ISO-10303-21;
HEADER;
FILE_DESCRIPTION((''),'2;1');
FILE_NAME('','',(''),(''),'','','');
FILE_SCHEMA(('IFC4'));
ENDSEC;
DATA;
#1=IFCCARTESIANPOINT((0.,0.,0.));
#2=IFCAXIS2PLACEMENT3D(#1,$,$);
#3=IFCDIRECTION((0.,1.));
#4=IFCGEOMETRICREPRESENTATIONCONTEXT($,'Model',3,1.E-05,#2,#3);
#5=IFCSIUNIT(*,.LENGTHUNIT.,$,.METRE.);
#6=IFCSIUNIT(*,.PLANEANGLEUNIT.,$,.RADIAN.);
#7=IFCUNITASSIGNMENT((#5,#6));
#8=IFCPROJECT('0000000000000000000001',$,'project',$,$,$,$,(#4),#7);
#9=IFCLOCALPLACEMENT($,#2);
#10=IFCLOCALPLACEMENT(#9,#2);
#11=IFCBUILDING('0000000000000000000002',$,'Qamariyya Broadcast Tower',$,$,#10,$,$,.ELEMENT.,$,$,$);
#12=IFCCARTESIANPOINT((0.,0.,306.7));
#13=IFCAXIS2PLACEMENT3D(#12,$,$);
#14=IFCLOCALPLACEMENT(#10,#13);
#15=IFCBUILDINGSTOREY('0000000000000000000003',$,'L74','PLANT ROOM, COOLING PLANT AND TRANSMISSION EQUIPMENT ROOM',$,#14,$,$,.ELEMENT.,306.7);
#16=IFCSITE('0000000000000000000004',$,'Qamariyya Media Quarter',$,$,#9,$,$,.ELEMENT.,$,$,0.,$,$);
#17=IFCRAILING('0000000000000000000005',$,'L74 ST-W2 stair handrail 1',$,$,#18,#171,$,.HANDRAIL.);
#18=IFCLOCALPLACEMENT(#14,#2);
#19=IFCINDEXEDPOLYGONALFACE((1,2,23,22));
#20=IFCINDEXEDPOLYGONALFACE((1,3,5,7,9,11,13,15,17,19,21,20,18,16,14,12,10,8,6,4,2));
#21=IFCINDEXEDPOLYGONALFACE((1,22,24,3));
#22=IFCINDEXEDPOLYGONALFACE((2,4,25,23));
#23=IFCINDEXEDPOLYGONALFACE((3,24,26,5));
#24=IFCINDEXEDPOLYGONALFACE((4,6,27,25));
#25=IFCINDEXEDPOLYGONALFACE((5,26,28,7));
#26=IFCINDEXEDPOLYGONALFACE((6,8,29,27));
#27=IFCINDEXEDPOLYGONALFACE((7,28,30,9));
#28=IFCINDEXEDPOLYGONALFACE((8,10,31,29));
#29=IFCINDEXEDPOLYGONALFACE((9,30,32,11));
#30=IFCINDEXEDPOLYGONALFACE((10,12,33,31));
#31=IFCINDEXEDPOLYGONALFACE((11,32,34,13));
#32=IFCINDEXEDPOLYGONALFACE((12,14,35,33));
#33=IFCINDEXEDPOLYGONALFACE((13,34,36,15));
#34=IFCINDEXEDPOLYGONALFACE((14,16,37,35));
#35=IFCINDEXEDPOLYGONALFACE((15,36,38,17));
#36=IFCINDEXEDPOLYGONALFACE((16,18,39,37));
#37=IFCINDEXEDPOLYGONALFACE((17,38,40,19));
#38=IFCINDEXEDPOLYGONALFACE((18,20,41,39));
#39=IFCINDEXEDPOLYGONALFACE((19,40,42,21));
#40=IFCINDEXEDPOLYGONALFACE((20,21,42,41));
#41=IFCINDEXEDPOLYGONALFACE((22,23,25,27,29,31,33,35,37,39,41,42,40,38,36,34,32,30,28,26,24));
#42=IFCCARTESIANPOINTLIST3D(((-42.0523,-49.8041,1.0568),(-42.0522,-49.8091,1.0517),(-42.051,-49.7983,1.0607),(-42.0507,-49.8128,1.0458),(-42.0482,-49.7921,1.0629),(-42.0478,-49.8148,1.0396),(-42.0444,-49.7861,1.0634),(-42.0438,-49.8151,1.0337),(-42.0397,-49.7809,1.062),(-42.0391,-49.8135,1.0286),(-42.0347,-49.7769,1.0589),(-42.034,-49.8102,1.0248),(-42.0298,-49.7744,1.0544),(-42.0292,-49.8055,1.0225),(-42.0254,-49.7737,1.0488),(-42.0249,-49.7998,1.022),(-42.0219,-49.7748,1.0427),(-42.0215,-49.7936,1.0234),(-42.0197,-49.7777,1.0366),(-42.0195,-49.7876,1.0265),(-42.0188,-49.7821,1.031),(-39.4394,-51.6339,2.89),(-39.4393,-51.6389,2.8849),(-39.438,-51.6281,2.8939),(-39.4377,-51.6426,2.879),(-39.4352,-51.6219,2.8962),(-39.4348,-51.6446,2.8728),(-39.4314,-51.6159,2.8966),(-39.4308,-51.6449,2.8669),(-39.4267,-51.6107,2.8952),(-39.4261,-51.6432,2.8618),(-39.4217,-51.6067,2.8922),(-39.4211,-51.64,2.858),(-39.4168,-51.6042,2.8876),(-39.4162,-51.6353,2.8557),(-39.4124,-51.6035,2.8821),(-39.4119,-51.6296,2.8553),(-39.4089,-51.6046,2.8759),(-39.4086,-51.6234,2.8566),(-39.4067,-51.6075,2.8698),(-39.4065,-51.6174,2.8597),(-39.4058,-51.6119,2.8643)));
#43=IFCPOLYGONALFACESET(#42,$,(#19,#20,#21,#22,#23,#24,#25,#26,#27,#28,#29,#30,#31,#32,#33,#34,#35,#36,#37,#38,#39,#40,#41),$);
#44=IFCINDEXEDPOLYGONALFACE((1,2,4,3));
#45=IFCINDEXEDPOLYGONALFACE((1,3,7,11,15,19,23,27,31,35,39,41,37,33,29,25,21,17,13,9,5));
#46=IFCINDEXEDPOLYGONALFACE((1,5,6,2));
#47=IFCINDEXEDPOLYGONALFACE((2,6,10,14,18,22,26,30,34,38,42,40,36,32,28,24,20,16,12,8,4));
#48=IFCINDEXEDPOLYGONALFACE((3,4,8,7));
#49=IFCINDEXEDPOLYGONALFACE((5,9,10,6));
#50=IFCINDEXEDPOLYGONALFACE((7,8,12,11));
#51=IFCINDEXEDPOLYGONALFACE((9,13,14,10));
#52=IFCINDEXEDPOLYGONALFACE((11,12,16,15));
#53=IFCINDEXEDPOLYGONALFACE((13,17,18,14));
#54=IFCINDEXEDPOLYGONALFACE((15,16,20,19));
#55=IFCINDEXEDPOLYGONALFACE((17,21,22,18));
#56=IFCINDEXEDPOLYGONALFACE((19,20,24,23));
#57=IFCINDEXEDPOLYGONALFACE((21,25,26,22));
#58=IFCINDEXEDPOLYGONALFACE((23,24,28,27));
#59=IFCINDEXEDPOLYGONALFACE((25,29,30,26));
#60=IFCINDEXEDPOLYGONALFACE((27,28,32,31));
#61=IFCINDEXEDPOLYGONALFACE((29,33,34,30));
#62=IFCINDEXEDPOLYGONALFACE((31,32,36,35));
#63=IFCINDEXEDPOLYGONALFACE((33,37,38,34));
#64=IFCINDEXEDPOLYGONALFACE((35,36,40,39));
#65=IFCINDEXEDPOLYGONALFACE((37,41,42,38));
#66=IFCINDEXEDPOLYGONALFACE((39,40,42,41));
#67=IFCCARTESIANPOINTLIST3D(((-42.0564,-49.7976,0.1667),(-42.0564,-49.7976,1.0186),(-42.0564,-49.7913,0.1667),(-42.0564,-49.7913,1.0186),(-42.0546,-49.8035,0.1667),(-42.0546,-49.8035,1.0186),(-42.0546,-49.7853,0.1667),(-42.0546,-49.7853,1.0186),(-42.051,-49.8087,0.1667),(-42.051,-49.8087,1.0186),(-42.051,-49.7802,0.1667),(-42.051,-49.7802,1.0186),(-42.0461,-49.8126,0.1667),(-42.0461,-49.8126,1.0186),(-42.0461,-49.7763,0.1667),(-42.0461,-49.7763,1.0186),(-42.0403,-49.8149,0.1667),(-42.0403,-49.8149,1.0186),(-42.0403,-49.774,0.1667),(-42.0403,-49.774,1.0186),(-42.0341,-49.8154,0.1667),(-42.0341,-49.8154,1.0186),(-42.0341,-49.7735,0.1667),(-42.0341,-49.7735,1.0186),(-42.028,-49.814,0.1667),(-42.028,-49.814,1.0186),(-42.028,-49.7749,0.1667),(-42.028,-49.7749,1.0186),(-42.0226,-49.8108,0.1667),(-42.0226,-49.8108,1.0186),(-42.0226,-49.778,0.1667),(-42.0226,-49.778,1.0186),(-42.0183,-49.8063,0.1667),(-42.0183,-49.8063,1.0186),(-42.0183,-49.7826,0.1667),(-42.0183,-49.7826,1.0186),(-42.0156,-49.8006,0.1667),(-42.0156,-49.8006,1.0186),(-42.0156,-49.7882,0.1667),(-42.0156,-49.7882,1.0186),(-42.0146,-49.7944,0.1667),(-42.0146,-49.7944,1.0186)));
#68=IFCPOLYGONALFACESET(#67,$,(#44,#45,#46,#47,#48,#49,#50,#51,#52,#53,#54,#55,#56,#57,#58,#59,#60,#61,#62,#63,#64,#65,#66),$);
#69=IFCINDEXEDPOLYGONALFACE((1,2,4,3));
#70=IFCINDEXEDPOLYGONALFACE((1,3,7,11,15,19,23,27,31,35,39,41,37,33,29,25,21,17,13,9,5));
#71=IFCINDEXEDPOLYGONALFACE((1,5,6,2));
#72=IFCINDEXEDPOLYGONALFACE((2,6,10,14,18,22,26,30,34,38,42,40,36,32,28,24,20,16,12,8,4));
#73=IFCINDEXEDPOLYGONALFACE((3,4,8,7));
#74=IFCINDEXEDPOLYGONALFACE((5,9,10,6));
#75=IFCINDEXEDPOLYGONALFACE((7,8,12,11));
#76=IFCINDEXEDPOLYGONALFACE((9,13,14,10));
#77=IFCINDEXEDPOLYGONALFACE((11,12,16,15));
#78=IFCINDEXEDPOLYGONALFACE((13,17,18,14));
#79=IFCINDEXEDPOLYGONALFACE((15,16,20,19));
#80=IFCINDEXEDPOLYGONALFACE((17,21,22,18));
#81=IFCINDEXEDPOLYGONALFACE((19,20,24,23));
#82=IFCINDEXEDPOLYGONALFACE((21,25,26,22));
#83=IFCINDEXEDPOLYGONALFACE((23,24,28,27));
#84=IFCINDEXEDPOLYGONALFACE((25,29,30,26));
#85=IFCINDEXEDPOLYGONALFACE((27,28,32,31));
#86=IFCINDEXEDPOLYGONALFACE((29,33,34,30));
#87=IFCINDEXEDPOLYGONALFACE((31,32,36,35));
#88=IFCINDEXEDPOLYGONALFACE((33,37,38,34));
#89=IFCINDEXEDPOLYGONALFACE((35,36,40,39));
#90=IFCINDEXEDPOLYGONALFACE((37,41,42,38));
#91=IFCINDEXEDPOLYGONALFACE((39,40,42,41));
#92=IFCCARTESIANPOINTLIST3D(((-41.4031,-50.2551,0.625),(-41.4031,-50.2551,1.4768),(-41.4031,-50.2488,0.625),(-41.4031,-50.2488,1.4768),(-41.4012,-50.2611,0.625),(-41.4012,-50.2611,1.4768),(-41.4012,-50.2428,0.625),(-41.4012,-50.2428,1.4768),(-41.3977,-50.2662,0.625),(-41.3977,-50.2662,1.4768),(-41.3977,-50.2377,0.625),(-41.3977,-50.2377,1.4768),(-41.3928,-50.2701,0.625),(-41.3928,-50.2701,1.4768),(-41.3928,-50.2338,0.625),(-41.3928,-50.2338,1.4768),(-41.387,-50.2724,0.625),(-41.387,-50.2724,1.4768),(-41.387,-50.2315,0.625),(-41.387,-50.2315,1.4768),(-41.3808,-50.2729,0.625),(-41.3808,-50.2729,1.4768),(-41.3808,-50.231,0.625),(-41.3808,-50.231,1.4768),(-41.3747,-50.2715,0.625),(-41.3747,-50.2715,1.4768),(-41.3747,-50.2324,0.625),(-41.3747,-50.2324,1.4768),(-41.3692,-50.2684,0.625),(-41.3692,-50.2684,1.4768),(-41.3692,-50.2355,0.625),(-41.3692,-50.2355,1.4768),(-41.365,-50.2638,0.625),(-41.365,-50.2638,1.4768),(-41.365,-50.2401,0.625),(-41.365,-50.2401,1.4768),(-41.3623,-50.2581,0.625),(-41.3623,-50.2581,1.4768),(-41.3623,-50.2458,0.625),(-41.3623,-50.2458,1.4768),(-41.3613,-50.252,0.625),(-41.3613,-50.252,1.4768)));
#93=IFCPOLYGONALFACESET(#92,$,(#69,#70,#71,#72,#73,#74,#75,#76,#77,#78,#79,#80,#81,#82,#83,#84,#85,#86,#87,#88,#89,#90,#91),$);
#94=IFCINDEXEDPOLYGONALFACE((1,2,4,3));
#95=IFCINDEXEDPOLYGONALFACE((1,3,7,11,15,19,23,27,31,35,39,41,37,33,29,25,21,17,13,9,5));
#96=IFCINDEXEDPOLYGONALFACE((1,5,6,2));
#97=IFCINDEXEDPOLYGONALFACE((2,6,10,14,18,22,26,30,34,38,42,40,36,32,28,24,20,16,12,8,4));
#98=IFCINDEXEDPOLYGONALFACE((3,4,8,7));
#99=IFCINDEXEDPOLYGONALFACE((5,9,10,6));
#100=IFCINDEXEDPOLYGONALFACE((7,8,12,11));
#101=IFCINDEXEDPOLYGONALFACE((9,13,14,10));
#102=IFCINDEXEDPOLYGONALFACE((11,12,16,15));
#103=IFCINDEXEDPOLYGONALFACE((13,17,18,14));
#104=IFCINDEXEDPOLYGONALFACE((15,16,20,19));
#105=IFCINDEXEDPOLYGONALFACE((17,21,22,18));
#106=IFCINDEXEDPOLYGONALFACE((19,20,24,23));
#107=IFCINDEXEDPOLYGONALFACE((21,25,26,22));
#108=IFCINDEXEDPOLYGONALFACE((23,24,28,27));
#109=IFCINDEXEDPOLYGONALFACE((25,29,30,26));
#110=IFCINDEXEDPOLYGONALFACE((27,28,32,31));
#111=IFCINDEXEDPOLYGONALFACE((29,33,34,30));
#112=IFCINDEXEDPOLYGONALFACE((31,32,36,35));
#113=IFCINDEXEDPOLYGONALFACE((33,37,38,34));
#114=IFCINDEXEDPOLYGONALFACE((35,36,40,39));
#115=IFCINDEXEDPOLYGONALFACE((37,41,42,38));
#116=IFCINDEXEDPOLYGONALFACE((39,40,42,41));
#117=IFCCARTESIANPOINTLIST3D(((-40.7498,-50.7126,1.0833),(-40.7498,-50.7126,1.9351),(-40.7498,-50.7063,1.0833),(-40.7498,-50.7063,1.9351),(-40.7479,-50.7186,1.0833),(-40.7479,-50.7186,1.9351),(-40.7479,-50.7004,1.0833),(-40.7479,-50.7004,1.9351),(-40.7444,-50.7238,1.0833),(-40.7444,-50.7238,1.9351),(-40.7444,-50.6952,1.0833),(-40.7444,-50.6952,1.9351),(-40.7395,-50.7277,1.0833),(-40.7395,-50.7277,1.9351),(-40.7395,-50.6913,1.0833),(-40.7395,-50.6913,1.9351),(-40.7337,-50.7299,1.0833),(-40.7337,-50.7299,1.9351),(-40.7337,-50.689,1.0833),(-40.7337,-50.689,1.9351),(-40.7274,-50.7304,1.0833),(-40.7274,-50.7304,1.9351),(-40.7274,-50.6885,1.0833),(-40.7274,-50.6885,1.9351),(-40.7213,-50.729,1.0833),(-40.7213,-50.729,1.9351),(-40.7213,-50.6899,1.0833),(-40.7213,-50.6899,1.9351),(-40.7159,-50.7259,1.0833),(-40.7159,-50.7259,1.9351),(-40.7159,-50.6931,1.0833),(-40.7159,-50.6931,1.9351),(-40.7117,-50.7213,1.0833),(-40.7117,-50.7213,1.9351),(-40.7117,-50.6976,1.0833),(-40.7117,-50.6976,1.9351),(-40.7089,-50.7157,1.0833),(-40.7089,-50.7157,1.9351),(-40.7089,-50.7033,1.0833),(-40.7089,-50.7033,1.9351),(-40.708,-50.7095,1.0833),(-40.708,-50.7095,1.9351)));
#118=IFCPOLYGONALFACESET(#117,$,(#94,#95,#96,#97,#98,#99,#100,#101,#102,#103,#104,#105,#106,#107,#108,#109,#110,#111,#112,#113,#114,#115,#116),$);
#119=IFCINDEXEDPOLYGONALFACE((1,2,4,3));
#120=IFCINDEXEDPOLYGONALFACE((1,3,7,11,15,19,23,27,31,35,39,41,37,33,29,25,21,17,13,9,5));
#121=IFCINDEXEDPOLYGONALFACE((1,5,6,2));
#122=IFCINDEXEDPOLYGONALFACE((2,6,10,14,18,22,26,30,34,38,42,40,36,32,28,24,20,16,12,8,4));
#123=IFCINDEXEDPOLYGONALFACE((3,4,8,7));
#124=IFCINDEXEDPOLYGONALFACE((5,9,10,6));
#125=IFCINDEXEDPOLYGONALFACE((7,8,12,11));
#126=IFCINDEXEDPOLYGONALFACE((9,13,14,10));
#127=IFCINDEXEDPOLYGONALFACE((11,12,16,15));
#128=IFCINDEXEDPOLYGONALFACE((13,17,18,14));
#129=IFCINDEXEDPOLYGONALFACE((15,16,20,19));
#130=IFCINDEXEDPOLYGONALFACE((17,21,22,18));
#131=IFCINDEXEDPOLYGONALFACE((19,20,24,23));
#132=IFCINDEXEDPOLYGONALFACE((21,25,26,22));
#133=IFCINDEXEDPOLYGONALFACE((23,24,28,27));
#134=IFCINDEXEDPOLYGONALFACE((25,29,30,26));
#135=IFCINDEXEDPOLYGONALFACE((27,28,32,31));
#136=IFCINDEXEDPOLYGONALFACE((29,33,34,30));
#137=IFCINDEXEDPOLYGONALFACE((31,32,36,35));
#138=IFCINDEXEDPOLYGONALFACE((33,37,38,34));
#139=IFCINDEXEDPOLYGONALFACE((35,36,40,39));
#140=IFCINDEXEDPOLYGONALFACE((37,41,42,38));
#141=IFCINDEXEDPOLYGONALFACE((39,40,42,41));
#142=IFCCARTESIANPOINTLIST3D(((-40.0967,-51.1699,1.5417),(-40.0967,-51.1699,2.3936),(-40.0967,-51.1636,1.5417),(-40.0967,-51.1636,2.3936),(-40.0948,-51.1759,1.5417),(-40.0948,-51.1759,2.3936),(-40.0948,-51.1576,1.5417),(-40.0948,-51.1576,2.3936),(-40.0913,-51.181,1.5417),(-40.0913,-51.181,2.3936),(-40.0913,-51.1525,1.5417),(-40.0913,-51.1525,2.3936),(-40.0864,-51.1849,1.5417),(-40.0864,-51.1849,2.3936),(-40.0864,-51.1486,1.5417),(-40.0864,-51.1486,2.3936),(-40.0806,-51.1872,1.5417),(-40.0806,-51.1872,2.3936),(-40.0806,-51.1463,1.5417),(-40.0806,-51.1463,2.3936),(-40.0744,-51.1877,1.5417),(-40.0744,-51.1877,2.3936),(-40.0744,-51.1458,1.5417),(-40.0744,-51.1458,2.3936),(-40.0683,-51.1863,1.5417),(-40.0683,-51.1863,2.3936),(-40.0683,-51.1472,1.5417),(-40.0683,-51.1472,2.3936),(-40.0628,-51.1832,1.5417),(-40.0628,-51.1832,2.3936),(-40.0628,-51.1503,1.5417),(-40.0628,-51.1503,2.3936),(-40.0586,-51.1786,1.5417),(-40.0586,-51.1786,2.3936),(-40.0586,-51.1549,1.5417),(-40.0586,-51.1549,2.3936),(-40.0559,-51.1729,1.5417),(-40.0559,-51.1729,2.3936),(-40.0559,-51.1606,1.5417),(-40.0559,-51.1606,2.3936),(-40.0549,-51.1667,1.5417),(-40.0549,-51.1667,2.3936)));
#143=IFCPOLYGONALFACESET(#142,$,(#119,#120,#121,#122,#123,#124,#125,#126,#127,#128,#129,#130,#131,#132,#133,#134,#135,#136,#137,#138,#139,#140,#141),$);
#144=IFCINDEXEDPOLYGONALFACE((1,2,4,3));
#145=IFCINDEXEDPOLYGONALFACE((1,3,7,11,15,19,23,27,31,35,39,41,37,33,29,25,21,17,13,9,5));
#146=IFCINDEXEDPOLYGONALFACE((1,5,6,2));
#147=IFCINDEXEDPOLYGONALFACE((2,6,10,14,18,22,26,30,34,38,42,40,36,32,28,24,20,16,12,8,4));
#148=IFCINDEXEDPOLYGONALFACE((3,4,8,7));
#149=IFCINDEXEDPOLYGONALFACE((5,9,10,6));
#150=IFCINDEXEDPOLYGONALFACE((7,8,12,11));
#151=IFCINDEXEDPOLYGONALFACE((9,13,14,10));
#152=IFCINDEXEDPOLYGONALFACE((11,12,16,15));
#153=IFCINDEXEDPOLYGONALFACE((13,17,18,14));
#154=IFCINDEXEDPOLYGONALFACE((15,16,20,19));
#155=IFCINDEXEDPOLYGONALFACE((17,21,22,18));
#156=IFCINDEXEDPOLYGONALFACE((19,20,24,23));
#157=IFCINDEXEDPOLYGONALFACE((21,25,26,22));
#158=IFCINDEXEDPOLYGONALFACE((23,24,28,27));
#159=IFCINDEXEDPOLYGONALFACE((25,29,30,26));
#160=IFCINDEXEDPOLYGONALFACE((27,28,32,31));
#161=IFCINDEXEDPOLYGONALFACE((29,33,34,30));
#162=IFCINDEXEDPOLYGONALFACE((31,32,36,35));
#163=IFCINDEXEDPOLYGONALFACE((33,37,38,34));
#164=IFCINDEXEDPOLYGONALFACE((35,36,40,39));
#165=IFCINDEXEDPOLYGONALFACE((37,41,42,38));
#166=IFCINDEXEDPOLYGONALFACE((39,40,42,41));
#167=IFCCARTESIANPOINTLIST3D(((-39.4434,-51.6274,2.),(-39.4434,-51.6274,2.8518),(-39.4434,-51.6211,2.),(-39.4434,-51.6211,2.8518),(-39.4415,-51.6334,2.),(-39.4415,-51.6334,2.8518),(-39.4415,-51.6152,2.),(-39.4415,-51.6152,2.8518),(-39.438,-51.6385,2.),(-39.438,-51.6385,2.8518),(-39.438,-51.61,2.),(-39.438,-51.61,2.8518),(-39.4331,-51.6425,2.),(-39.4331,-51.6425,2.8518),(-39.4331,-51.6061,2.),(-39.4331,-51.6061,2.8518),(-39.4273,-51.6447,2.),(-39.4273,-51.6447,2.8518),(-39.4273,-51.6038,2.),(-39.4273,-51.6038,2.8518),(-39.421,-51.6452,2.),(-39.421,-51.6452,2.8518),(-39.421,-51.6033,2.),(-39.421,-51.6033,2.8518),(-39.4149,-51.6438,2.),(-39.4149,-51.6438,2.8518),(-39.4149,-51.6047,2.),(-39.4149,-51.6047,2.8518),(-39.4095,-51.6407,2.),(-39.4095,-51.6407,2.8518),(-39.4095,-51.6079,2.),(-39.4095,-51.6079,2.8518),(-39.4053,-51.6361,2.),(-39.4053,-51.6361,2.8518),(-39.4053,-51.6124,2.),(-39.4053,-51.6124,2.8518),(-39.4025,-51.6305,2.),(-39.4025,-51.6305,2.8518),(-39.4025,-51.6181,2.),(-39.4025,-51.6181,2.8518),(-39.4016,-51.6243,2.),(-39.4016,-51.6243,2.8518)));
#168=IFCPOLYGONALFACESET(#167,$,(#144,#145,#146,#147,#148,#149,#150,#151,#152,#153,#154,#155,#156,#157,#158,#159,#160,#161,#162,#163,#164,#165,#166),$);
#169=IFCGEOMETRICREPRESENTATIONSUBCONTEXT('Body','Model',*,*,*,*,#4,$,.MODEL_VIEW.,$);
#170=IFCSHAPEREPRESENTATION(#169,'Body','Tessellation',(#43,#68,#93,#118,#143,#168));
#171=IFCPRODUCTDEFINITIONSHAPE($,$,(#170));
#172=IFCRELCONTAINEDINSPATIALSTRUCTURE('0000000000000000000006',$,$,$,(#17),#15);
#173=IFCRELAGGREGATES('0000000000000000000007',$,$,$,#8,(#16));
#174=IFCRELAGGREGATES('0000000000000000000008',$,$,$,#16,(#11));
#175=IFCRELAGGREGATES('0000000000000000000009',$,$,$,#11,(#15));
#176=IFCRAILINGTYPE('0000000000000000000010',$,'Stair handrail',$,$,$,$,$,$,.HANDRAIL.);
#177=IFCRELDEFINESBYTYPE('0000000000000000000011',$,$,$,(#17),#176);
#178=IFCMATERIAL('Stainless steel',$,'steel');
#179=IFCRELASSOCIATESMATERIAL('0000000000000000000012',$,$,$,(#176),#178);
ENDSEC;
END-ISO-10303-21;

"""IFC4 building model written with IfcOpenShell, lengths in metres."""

from ifc_helpers import new_model, si_unit, direction, frame, origin, origin_2d, place, context, subcontext, project, spatial, circle, extrude, material, type_object, element, save


model = new_model("IFC4")

# Units and contexts
model_context = context("Model", 3, precision=1e-05, world=origin(), true_north=direction((0.0, 1.0)))
body_context = subcontext(model_context, "Body", "Model", "MODEL_VIEW")
ifc_project = project(units=[si_unit("LENGTHUNIT", "METRE"), si_unit("PLANEANGLEUNIT", "RADIAN")], contexts=[model_context])

# Site, building, storey
site_placement = place(None, origin())
site = spatial("IfcSite", under=ifc_project, at=site_placement, Name="Qamariyya Media Quarter", CompositionType="ELEMENT", RefElevation=0.0)
building_placement = place(site_placement, origin())
building = spatial("IfcBuilding", under=site, at=building_placement, Name="Qamariyya Broadcast Tower", CompositionType="ELEMENT")
storey_placement = place(building_placement, frame((0.0, 0.0, 306.7)))
storey = spatial("IfcBuildingStorey", under=building, at=storey_placement, Name="L74", Description="PLANT ROOM, COOLING PLANT AND TRANSMISSION EQUIPMENT ROOM", CompositionType="ELEMENT", Elevation=306.7)

# Railing
ifc_material_1 = material(Name="Stainless steel", Category="steel")
railing_type_1 = type_object("IfcRailingType", Name="Stair handrail", PredefinedType="HANDRAIL", material=ifc_material_1)
railing_1_placement = place(storey_placement, frame((-42.0356, -49.7944, 0.1667)))
element("IfcRailing", 1, at=railing_1_placement, inside=storey, type_object=railing_type_1, Name="L74 ST-W2 stair handrail 1", PredefinedType="HANDRAIL", context=body_context, shape_type="SweptSolid", body=[
    extrude(circle(Radius=0.0239, at=origin_2d()), frame((0.0, 0.0, 0.876), z_axis=(0.710204, -0.497335, 0.498264), x_axis=(0.573611, 0.819128, 0.0)), (0.0, 0.0, 1.0), 3.6792),
    extrude(circle(Radius=0.021, at=origin_2d()), origin(), (0.0, 0.0, 1.0), 0.8518),
    extrude(circle(Radius=0.021, at=origin_2d()), frame((0.6533, -0.4575, 0.4583)), (0.0, 0.0, 1.0), 0.8518),
    extrude(circle(Radius=0.021, at=origin_2d()), frame((1.3066, -0.915, 0.9165)), (0.0, 0.0, 1.0), 0.8518),
    extrude(circle(Radius=0.021, at=origin_2d()), frame((1.9597, -1.3723, 1.375)), (0.0, 0.0, 1.0), 0.8518),
    extrude(circle(Radius=0.021, at=origin_2d()), frame((2.613, -1.8298, 1.8333)), (0.0, 0.0, 1.0), 0.8518),
])

save(model, "model.ifc")
